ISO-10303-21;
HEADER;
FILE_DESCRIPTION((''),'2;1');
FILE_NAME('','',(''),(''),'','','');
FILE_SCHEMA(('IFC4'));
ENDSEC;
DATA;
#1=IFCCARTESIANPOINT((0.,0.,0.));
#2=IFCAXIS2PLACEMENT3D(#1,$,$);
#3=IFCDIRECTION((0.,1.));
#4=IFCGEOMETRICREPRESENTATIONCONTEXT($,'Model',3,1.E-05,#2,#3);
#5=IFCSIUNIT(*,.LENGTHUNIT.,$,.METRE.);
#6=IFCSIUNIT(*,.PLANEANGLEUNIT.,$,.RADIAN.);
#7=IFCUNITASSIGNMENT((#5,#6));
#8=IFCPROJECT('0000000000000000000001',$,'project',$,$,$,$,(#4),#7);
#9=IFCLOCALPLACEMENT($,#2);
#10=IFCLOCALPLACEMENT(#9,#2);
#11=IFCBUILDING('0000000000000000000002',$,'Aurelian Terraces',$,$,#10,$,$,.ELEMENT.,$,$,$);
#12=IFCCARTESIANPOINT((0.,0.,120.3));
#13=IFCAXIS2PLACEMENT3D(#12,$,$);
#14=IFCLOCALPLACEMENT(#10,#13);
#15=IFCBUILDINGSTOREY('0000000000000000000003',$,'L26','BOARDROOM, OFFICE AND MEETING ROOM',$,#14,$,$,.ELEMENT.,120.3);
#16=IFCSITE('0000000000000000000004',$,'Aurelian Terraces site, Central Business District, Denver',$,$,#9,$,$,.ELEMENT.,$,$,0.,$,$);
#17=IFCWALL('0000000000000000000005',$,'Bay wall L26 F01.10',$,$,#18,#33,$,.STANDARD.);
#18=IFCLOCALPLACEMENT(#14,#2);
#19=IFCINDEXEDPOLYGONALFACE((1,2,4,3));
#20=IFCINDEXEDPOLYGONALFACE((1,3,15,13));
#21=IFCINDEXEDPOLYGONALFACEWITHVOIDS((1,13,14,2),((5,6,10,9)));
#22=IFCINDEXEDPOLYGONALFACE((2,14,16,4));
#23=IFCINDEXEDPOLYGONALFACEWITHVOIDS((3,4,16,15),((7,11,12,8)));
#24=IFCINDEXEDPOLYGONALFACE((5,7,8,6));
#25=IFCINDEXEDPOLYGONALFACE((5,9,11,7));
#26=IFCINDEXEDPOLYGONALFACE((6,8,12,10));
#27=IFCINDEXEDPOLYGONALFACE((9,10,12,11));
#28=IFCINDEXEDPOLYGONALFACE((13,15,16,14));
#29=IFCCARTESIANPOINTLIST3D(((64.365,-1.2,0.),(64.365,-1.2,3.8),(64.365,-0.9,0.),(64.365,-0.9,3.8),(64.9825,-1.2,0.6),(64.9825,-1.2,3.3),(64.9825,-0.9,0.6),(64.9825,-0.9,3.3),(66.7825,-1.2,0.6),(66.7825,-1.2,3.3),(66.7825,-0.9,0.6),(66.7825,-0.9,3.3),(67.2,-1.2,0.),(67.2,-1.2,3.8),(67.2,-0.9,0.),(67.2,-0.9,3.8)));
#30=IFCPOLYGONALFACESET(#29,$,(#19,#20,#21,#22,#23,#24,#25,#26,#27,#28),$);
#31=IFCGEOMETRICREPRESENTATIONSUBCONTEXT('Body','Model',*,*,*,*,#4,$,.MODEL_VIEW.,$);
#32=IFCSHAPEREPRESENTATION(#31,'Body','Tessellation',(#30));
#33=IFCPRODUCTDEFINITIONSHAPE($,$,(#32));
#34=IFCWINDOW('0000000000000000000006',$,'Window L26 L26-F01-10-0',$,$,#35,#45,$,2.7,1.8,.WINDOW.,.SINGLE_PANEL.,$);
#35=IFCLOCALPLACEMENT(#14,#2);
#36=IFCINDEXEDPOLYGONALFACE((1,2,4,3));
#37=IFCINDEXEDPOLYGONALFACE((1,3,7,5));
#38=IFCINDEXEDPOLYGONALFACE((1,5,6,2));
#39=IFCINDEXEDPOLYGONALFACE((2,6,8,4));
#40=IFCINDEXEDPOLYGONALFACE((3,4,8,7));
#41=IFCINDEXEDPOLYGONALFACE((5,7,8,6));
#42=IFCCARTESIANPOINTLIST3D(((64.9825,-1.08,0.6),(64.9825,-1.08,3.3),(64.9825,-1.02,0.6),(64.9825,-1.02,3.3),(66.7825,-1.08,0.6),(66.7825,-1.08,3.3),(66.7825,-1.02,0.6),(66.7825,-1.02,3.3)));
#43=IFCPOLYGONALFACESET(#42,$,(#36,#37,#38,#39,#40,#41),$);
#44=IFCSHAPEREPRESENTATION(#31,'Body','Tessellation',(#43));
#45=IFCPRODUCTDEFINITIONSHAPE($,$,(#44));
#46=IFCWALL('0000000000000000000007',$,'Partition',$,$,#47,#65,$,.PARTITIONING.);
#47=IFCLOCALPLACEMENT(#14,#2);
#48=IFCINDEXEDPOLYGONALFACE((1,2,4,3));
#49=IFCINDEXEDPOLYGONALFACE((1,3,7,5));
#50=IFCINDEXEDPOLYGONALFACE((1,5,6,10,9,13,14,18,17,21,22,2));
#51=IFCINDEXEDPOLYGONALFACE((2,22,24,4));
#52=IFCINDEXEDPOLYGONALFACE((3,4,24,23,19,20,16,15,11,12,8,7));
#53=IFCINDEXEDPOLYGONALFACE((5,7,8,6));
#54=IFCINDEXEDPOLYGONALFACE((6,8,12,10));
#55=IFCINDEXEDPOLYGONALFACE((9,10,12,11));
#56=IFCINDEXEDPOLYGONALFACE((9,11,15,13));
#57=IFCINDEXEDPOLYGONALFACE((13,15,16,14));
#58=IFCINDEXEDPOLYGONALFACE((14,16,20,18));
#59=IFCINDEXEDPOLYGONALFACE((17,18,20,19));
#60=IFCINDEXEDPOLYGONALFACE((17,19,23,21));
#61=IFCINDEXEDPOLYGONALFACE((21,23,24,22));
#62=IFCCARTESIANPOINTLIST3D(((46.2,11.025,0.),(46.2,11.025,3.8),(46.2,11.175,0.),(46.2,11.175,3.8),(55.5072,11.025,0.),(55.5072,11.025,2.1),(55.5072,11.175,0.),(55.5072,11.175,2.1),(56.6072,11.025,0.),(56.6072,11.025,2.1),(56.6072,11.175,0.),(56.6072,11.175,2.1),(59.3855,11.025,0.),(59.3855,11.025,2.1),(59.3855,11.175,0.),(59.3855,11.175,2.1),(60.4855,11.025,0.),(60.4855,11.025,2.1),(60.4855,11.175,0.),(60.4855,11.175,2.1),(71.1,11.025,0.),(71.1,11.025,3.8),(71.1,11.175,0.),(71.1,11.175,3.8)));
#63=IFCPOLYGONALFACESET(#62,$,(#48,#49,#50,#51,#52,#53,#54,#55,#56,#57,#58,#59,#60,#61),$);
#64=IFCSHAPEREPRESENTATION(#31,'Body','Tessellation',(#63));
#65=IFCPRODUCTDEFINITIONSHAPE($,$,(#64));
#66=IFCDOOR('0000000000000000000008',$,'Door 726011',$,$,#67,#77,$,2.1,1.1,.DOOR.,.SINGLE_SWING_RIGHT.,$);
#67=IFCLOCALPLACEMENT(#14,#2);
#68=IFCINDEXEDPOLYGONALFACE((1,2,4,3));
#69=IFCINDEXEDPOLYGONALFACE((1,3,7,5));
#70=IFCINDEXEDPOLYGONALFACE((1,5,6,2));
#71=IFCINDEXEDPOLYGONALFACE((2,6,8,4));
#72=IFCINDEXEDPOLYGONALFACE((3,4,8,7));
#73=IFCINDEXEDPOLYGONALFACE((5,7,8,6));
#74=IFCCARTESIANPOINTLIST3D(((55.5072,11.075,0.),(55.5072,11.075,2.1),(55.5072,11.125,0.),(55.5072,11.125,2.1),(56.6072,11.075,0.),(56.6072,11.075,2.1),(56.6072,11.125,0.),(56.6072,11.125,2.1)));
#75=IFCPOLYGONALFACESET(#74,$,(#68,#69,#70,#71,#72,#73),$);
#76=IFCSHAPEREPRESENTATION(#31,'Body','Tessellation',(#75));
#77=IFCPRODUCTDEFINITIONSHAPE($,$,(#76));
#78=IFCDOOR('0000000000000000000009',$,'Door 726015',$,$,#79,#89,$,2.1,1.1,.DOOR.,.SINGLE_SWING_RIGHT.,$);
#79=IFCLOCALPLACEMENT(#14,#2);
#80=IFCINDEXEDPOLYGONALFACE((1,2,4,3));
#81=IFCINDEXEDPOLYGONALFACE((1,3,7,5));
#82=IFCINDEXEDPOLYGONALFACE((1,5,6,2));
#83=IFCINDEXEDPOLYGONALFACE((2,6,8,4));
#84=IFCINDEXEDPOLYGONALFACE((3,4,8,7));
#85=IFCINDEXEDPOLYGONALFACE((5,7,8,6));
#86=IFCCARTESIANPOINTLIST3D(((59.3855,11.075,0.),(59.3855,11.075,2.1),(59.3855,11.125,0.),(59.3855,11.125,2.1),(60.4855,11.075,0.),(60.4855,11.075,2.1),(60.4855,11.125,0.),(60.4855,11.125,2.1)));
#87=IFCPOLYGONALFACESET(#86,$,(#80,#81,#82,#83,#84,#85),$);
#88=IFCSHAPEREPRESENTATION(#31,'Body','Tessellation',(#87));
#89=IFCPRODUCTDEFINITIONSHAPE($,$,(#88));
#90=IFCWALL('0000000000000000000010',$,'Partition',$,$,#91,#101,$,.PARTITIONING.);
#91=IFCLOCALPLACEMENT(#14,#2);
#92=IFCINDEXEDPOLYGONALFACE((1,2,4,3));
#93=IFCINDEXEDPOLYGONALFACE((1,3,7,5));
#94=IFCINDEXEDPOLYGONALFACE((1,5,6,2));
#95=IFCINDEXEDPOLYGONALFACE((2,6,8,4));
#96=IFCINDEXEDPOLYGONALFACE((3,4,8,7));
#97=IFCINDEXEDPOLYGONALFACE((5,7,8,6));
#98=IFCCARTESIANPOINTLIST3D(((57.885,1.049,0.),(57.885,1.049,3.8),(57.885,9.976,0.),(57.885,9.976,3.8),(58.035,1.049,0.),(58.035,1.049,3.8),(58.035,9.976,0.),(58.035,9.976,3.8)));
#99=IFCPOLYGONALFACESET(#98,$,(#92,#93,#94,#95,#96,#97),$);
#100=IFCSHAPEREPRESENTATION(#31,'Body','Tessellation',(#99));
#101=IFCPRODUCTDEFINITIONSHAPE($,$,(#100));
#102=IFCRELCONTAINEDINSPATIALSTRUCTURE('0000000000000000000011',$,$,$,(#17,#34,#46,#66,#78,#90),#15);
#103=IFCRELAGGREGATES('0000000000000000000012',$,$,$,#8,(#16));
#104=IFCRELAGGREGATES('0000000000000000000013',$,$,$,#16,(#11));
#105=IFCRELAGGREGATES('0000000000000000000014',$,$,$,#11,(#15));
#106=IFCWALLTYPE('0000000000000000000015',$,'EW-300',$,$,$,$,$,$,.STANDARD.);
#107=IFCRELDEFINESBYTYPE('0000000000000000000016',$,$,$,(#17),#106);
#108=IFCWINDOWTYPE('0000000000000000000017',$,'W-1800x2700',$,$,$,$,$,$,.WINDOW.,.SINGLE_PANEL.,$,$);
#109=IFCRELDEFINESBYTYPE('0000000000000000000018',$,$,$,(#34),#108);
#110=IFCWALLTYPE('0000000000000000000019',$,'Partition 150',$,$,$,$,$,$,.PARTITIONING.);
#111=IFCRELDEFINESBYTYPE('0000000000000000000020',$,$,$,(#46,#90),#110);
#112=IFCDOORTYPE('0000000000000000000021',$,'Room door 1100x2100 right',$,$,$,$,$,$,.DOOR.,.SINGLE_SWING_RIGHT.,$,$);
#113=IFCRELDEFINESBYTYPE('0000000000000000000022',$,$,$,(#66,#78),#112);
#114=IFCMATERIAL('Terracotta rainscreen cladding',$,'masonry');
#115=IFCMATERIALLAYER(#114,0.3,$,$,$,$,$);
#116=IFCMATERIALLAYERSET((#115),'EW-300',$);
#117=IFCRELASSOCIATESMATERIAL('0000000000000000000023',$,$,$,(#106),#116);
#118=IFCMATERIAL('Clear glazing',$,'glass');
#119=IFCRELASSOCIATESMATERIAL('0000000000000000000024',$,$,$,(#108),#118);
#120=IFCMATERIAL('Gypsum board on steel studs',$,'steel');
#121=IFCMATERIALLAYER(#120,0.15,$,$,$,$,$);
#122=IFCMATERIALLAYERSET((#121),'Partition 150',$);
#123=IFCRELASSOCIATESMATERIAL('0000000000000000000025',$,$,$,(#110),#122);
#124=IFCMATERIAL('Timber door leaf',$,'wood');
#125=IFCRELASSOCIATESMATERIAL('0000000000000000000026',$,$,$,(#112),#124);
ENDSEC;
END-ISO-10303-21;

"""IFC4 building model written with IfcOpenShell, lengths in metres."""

from ifc_helpers import new_model, si_unit, direction, frame, frame_2d, origin, place, context, subcontext, project, spatial, rectangle, extrude, source, transform, mapped, material, layer, layer_set, type_object, element, fill, save


model = new_model("IFC4")

# Units and contexts
model_context = context("Model", 3, precision=1e-05, world=origin(), true_north=direction((0.0, 1.0)))
body_context = subcontext(model_context, "Body", "Model", "MODEL_VIEW")
ifc_project = project(units=[si_unit("LENGTHUNIT", "METRE"), si_unit("PLANEANGLEUNIT", "RADIAN")], contexts=[model_context])

# Site, building, storey
site_placement = place(None, origin())
site = spatial("IfcSite", under=ifc_project, at=site_placement, Name="Aurelian Terraces site, Central Business District, Denver", CompositionType="ELEMENT", RefElevation=0.0)
building_placement = place(site_placement, origin())
building = spatial("IfcBuilding", under=site, at=building_placement, Name="Aurelian Terraces", CompositionType="ELEMENT")
storey_placement = place(building_placement, frame((0.0, 0.0, 120.3)))
storey = spatial("IfcBuildingStorey", under=building, at=storey_placement, Name="L26", Description="BOARDROOM, OFFICE AND MEETING ROOM", CompositionType="ELEMENT", Elevation=120.3)

# Shared definitions
ifc_material_1 = material(Name="Terracotta rainscreen cladding", Category="masonry")
ifc_layer_1 = layer(ifc_material_1, 0.3)
ifc_layer_set_1 = layer_set([ifc_layer_1], Name="EW-300")
wall_type_1 = type_object("IfcWallType", Name="EW-300", PredefinedType="STANDARD", material=ifc_layer_set_1)
ifc_material_2 = material(Name="Clear glazing", Category="glass")

# Wall, opening, window
shared_shape_1 = source(origin(), body_context, "Body", "SweptSolid", [
    extrude(rectangle(XDim=1.8, YDim=2.7, at=frame_2d((0.9, 1.35))), frame((0.0, 0.16, 0.0), z_axis=(0.0, -1.0, 0.0), x_axis=(1.0, 0.0, 0.0)), (0.0, 0.0, 1.0), 0.32),
])
window_type_1 = type_object("IfcWindowType", Name="W-1800x2700", PartitioningType="SINGLE_PANEL", PredefinedType="WINDOW", material=ifc_material_2)
shared_shape_2 = source(origin(), body_context, "Body", "SweptSolid", [
    extrude(rectangle(XDim=1.8, YDim=2.7, at=frame_2d((0.9, 1.35))), frame((0.0, 0.03, 0.0), z_axis=(0.0, -1.0, 0.0), x_axis=(1.0, 0.0, 0.0)), (0.0, 0.0, 1.0), 0.06),
])
shared_shape_3 = source(origin(), body_context, "Body", "SweptSolid", [
    extrude(rectangle(XDim=2.835, YDim=0.3, at=frame_2d((1.4175, 0.0))), origin(), (0.0, 0.0, 1.0), 3.8),
])
wall_1_placement = place(storey_placement, frame((64.365, -1.05, 0.0), z_axis=(0.0, 0.0, 1.0), x_axis=(1.0, 0.0, 0.0)))
wall_1 = element("IfcWall", 1, at=wall_1_placement, inside=storey, type_object=wall_type_1, Name="Bay wall L26 F01.10", PredefinedType="STANDARD", context=body_context, shape_type="MappedRepresentation", body=[
    mapped(shared_shape_3, transform((0.0, 0.0, 0.0), scale=1.0)),
])
opening_1_placement = place(wall_1_placement, frame((0.6175, 0.0, 0.6)))
opening_1 = element("IfcOpeningElement", 2, at=opening_1_placement, cuts=wall_1, PredefinedType="OPENING", context=body_context, shape_type="MappedRepresentation", body=[
    mapped(shared_shape_1, transform((0.0, 0.0, 0.0), scale=1.0)),
])
window_1_placement = place(opening_1_placement, origin())
window_1 = element("IfcWindow", 3, at=window_1_placement, inside=storey, type_object=window_type_1, Name="Window L26 L26-F01-10-0", OverallHeight=2.7, OverallWidth=1.8, PartitioningType="SINGLE_PANEL", PredefinedType="WINDOW", context=body_context, shape_type="MappedRepresentation", body=[
    mapped(shared_shape_2, transform((0.0, 0.0, 0.0), scale=1.0)),
])
fill(opening_1, window_1)

# Wall, openings, doors
ifc_material_3 = material(Name="Gypsum board on steel studs", Category="steel")
ifc_layer_2 = layer(ifc_material_3, 0.15)
ifc_layer_set_2 = layer_set([ifc_layer_2], Name="Partition 150")
wall_type_2 = type_object("IfcWallType", Name="Partition 150", PredefinedType="PARTITIONING", material=ifc_layer_set_2)
shared_shape_4 = source(origin(), body_context, "Body", "SweptSolid", [
    extrude(rectangle(XDim=24.9, YDim=0.15, at=frame_2d((12.45, 0.0))), origin(), (0.0, 0.0, 1.0), 3.8),
])
wall_2_placement = place(storey_placement, frame((71.1, 11.1, 0.0), z_axis=(0.0, 0.0, 1.0), x_axis=(-1.0, 0.0, 0.0)))
wall_2 = element("IfcWall", 4, at=wall_2_placement, inside=storey, type_object=wall_type_2, Name="Partition", PredefinedType="PARTITIONING", context=body_context, shape_type="MappedRepresentation", body=[
    mapped(shared_shape_4, transform((0.0, 0.0, 0.0), scale=1.0)),
])
shared_shape_5 = source(origin(), body_context, "Body", "SweptSolid", [
    extrude(rectangle(XDim=1.1, YDim=2.1, at=frame_2d((0.55, 1.05))), frame((0.0, 0.085, 0.0), z_axis=(0.0, -1.0, 0.0), x_axis=(1.0, 0.0, 0.0)), (0.0, 0.0, 1.0), 0.17),
])
opening_2_placement = place(wall_2_placement, frame((14.4928, 0.0, 0.0)))
opening_2 = element("IfcOpeningElement", 5, at=opening_2_placement, cuts=wall_2, PredefinedType="OPENING", context=body_context, shape_type="MappedRepresentation", body=[
    mapped(shared_shape_5, transform((0.0, 0.0, 0.0), scale=1.0)),
])
opening_3_placement = place(wall_2_placement, frame((10.6145, 0.0, 0.0)))
opening_3 = element("IfcOpeningElement", 6, at=opening_3_placement, cuts=wall_2, PredefinedType="OPENING", context=body_context, shape_type="MappedRepresentation", body=[
    mapped(shared_shape_5, transform((0.0, 0.0, 0.0), scale=1.0)),
])
ifc_material_4 = material(Name="Timber door leaf", Category="wood")
door_type = type_object("IfcDoorType", Name="Room door 1100x2100 right", OperationType="SINGLE_SWING_RIGHT", PredefinedType="DOOR", material=ifc_material_4)
shared_shape_6 = source(origin(), body_context, "Body", "SweptSolid", [
    extrude(rectangle(XDim=1.1, YDim=2.1, at=frame_2d((0.55, 1.05))), frame((0.0, 0.025, 0.0), z_axis=(0.0, -1.0, 0.0), x_axis=(1.0, 0.0, 0.0)), (0.0, 0.0, 1.0), 0.05),
])
door_1_placement = place(opening_2_placement, origin())
door_1 = element("IfcDoor", 7, at=door_1_placement, inside=storey, type_object=door_type, Name="Door 726011", OperationType="SINGLE_SWING_RIGHT", OverallHeight=2.1, OverallWidth=1.1, PredefinedType="DOOR", context=body_context, shape_type="MappedRepresentation", body=[
    mapped(shared_shape_6, transform((0.0, 0.0, 0.0), scale=1.0)),
])
fill(opening_2, door_1)
door_2_placement = place(opening_3_placement, origin())
door_2 = element("IfcDoor", 8, at=door_2_placement, inside=storey, type_object=door_type, Name="Door 726015", OperationType="SINGLE_SWING_RIGHT", OverallHeight=2.1, OverallWidth=1.1, PredefinedType="DOOR", context=body_context, shape_type="MappedRepresentation", body=[
    mapped(shared_shape_6, transform((0.0, 0.0, 0.0), scale=1.0)),
])
fill(opening_3, door_2)

# Wall
shared_shape_7 = source(origin(), body_context, "Body", "SweptSolid", [
    extrude(rectangle(XDim=8.927, YDim=0.15, at=frame_2d((4.4635, 0.0))), origin(), (0.0, 0.0, 1.0), 3.8),
])
wall_3_placement = place(storey_placement, frame((57.96, 1.049, 0.0), z_axis=(0.0, 0.0, 1.0), x_axis=(0.0, 1.0, 0.0)))
element("IfcWall", 9, at=wall_3_placement, inside=storey, type_object=wall_type_2, Name="Partition", PredefinedType="PARTITIONING", context=body_context, shape_type="MappedRepresentation", body=[
    mapped(shared_shape_7, transform((0.0, 0.0, 0.0), scale=1.0)),
])

save(model, "model.ifc")
